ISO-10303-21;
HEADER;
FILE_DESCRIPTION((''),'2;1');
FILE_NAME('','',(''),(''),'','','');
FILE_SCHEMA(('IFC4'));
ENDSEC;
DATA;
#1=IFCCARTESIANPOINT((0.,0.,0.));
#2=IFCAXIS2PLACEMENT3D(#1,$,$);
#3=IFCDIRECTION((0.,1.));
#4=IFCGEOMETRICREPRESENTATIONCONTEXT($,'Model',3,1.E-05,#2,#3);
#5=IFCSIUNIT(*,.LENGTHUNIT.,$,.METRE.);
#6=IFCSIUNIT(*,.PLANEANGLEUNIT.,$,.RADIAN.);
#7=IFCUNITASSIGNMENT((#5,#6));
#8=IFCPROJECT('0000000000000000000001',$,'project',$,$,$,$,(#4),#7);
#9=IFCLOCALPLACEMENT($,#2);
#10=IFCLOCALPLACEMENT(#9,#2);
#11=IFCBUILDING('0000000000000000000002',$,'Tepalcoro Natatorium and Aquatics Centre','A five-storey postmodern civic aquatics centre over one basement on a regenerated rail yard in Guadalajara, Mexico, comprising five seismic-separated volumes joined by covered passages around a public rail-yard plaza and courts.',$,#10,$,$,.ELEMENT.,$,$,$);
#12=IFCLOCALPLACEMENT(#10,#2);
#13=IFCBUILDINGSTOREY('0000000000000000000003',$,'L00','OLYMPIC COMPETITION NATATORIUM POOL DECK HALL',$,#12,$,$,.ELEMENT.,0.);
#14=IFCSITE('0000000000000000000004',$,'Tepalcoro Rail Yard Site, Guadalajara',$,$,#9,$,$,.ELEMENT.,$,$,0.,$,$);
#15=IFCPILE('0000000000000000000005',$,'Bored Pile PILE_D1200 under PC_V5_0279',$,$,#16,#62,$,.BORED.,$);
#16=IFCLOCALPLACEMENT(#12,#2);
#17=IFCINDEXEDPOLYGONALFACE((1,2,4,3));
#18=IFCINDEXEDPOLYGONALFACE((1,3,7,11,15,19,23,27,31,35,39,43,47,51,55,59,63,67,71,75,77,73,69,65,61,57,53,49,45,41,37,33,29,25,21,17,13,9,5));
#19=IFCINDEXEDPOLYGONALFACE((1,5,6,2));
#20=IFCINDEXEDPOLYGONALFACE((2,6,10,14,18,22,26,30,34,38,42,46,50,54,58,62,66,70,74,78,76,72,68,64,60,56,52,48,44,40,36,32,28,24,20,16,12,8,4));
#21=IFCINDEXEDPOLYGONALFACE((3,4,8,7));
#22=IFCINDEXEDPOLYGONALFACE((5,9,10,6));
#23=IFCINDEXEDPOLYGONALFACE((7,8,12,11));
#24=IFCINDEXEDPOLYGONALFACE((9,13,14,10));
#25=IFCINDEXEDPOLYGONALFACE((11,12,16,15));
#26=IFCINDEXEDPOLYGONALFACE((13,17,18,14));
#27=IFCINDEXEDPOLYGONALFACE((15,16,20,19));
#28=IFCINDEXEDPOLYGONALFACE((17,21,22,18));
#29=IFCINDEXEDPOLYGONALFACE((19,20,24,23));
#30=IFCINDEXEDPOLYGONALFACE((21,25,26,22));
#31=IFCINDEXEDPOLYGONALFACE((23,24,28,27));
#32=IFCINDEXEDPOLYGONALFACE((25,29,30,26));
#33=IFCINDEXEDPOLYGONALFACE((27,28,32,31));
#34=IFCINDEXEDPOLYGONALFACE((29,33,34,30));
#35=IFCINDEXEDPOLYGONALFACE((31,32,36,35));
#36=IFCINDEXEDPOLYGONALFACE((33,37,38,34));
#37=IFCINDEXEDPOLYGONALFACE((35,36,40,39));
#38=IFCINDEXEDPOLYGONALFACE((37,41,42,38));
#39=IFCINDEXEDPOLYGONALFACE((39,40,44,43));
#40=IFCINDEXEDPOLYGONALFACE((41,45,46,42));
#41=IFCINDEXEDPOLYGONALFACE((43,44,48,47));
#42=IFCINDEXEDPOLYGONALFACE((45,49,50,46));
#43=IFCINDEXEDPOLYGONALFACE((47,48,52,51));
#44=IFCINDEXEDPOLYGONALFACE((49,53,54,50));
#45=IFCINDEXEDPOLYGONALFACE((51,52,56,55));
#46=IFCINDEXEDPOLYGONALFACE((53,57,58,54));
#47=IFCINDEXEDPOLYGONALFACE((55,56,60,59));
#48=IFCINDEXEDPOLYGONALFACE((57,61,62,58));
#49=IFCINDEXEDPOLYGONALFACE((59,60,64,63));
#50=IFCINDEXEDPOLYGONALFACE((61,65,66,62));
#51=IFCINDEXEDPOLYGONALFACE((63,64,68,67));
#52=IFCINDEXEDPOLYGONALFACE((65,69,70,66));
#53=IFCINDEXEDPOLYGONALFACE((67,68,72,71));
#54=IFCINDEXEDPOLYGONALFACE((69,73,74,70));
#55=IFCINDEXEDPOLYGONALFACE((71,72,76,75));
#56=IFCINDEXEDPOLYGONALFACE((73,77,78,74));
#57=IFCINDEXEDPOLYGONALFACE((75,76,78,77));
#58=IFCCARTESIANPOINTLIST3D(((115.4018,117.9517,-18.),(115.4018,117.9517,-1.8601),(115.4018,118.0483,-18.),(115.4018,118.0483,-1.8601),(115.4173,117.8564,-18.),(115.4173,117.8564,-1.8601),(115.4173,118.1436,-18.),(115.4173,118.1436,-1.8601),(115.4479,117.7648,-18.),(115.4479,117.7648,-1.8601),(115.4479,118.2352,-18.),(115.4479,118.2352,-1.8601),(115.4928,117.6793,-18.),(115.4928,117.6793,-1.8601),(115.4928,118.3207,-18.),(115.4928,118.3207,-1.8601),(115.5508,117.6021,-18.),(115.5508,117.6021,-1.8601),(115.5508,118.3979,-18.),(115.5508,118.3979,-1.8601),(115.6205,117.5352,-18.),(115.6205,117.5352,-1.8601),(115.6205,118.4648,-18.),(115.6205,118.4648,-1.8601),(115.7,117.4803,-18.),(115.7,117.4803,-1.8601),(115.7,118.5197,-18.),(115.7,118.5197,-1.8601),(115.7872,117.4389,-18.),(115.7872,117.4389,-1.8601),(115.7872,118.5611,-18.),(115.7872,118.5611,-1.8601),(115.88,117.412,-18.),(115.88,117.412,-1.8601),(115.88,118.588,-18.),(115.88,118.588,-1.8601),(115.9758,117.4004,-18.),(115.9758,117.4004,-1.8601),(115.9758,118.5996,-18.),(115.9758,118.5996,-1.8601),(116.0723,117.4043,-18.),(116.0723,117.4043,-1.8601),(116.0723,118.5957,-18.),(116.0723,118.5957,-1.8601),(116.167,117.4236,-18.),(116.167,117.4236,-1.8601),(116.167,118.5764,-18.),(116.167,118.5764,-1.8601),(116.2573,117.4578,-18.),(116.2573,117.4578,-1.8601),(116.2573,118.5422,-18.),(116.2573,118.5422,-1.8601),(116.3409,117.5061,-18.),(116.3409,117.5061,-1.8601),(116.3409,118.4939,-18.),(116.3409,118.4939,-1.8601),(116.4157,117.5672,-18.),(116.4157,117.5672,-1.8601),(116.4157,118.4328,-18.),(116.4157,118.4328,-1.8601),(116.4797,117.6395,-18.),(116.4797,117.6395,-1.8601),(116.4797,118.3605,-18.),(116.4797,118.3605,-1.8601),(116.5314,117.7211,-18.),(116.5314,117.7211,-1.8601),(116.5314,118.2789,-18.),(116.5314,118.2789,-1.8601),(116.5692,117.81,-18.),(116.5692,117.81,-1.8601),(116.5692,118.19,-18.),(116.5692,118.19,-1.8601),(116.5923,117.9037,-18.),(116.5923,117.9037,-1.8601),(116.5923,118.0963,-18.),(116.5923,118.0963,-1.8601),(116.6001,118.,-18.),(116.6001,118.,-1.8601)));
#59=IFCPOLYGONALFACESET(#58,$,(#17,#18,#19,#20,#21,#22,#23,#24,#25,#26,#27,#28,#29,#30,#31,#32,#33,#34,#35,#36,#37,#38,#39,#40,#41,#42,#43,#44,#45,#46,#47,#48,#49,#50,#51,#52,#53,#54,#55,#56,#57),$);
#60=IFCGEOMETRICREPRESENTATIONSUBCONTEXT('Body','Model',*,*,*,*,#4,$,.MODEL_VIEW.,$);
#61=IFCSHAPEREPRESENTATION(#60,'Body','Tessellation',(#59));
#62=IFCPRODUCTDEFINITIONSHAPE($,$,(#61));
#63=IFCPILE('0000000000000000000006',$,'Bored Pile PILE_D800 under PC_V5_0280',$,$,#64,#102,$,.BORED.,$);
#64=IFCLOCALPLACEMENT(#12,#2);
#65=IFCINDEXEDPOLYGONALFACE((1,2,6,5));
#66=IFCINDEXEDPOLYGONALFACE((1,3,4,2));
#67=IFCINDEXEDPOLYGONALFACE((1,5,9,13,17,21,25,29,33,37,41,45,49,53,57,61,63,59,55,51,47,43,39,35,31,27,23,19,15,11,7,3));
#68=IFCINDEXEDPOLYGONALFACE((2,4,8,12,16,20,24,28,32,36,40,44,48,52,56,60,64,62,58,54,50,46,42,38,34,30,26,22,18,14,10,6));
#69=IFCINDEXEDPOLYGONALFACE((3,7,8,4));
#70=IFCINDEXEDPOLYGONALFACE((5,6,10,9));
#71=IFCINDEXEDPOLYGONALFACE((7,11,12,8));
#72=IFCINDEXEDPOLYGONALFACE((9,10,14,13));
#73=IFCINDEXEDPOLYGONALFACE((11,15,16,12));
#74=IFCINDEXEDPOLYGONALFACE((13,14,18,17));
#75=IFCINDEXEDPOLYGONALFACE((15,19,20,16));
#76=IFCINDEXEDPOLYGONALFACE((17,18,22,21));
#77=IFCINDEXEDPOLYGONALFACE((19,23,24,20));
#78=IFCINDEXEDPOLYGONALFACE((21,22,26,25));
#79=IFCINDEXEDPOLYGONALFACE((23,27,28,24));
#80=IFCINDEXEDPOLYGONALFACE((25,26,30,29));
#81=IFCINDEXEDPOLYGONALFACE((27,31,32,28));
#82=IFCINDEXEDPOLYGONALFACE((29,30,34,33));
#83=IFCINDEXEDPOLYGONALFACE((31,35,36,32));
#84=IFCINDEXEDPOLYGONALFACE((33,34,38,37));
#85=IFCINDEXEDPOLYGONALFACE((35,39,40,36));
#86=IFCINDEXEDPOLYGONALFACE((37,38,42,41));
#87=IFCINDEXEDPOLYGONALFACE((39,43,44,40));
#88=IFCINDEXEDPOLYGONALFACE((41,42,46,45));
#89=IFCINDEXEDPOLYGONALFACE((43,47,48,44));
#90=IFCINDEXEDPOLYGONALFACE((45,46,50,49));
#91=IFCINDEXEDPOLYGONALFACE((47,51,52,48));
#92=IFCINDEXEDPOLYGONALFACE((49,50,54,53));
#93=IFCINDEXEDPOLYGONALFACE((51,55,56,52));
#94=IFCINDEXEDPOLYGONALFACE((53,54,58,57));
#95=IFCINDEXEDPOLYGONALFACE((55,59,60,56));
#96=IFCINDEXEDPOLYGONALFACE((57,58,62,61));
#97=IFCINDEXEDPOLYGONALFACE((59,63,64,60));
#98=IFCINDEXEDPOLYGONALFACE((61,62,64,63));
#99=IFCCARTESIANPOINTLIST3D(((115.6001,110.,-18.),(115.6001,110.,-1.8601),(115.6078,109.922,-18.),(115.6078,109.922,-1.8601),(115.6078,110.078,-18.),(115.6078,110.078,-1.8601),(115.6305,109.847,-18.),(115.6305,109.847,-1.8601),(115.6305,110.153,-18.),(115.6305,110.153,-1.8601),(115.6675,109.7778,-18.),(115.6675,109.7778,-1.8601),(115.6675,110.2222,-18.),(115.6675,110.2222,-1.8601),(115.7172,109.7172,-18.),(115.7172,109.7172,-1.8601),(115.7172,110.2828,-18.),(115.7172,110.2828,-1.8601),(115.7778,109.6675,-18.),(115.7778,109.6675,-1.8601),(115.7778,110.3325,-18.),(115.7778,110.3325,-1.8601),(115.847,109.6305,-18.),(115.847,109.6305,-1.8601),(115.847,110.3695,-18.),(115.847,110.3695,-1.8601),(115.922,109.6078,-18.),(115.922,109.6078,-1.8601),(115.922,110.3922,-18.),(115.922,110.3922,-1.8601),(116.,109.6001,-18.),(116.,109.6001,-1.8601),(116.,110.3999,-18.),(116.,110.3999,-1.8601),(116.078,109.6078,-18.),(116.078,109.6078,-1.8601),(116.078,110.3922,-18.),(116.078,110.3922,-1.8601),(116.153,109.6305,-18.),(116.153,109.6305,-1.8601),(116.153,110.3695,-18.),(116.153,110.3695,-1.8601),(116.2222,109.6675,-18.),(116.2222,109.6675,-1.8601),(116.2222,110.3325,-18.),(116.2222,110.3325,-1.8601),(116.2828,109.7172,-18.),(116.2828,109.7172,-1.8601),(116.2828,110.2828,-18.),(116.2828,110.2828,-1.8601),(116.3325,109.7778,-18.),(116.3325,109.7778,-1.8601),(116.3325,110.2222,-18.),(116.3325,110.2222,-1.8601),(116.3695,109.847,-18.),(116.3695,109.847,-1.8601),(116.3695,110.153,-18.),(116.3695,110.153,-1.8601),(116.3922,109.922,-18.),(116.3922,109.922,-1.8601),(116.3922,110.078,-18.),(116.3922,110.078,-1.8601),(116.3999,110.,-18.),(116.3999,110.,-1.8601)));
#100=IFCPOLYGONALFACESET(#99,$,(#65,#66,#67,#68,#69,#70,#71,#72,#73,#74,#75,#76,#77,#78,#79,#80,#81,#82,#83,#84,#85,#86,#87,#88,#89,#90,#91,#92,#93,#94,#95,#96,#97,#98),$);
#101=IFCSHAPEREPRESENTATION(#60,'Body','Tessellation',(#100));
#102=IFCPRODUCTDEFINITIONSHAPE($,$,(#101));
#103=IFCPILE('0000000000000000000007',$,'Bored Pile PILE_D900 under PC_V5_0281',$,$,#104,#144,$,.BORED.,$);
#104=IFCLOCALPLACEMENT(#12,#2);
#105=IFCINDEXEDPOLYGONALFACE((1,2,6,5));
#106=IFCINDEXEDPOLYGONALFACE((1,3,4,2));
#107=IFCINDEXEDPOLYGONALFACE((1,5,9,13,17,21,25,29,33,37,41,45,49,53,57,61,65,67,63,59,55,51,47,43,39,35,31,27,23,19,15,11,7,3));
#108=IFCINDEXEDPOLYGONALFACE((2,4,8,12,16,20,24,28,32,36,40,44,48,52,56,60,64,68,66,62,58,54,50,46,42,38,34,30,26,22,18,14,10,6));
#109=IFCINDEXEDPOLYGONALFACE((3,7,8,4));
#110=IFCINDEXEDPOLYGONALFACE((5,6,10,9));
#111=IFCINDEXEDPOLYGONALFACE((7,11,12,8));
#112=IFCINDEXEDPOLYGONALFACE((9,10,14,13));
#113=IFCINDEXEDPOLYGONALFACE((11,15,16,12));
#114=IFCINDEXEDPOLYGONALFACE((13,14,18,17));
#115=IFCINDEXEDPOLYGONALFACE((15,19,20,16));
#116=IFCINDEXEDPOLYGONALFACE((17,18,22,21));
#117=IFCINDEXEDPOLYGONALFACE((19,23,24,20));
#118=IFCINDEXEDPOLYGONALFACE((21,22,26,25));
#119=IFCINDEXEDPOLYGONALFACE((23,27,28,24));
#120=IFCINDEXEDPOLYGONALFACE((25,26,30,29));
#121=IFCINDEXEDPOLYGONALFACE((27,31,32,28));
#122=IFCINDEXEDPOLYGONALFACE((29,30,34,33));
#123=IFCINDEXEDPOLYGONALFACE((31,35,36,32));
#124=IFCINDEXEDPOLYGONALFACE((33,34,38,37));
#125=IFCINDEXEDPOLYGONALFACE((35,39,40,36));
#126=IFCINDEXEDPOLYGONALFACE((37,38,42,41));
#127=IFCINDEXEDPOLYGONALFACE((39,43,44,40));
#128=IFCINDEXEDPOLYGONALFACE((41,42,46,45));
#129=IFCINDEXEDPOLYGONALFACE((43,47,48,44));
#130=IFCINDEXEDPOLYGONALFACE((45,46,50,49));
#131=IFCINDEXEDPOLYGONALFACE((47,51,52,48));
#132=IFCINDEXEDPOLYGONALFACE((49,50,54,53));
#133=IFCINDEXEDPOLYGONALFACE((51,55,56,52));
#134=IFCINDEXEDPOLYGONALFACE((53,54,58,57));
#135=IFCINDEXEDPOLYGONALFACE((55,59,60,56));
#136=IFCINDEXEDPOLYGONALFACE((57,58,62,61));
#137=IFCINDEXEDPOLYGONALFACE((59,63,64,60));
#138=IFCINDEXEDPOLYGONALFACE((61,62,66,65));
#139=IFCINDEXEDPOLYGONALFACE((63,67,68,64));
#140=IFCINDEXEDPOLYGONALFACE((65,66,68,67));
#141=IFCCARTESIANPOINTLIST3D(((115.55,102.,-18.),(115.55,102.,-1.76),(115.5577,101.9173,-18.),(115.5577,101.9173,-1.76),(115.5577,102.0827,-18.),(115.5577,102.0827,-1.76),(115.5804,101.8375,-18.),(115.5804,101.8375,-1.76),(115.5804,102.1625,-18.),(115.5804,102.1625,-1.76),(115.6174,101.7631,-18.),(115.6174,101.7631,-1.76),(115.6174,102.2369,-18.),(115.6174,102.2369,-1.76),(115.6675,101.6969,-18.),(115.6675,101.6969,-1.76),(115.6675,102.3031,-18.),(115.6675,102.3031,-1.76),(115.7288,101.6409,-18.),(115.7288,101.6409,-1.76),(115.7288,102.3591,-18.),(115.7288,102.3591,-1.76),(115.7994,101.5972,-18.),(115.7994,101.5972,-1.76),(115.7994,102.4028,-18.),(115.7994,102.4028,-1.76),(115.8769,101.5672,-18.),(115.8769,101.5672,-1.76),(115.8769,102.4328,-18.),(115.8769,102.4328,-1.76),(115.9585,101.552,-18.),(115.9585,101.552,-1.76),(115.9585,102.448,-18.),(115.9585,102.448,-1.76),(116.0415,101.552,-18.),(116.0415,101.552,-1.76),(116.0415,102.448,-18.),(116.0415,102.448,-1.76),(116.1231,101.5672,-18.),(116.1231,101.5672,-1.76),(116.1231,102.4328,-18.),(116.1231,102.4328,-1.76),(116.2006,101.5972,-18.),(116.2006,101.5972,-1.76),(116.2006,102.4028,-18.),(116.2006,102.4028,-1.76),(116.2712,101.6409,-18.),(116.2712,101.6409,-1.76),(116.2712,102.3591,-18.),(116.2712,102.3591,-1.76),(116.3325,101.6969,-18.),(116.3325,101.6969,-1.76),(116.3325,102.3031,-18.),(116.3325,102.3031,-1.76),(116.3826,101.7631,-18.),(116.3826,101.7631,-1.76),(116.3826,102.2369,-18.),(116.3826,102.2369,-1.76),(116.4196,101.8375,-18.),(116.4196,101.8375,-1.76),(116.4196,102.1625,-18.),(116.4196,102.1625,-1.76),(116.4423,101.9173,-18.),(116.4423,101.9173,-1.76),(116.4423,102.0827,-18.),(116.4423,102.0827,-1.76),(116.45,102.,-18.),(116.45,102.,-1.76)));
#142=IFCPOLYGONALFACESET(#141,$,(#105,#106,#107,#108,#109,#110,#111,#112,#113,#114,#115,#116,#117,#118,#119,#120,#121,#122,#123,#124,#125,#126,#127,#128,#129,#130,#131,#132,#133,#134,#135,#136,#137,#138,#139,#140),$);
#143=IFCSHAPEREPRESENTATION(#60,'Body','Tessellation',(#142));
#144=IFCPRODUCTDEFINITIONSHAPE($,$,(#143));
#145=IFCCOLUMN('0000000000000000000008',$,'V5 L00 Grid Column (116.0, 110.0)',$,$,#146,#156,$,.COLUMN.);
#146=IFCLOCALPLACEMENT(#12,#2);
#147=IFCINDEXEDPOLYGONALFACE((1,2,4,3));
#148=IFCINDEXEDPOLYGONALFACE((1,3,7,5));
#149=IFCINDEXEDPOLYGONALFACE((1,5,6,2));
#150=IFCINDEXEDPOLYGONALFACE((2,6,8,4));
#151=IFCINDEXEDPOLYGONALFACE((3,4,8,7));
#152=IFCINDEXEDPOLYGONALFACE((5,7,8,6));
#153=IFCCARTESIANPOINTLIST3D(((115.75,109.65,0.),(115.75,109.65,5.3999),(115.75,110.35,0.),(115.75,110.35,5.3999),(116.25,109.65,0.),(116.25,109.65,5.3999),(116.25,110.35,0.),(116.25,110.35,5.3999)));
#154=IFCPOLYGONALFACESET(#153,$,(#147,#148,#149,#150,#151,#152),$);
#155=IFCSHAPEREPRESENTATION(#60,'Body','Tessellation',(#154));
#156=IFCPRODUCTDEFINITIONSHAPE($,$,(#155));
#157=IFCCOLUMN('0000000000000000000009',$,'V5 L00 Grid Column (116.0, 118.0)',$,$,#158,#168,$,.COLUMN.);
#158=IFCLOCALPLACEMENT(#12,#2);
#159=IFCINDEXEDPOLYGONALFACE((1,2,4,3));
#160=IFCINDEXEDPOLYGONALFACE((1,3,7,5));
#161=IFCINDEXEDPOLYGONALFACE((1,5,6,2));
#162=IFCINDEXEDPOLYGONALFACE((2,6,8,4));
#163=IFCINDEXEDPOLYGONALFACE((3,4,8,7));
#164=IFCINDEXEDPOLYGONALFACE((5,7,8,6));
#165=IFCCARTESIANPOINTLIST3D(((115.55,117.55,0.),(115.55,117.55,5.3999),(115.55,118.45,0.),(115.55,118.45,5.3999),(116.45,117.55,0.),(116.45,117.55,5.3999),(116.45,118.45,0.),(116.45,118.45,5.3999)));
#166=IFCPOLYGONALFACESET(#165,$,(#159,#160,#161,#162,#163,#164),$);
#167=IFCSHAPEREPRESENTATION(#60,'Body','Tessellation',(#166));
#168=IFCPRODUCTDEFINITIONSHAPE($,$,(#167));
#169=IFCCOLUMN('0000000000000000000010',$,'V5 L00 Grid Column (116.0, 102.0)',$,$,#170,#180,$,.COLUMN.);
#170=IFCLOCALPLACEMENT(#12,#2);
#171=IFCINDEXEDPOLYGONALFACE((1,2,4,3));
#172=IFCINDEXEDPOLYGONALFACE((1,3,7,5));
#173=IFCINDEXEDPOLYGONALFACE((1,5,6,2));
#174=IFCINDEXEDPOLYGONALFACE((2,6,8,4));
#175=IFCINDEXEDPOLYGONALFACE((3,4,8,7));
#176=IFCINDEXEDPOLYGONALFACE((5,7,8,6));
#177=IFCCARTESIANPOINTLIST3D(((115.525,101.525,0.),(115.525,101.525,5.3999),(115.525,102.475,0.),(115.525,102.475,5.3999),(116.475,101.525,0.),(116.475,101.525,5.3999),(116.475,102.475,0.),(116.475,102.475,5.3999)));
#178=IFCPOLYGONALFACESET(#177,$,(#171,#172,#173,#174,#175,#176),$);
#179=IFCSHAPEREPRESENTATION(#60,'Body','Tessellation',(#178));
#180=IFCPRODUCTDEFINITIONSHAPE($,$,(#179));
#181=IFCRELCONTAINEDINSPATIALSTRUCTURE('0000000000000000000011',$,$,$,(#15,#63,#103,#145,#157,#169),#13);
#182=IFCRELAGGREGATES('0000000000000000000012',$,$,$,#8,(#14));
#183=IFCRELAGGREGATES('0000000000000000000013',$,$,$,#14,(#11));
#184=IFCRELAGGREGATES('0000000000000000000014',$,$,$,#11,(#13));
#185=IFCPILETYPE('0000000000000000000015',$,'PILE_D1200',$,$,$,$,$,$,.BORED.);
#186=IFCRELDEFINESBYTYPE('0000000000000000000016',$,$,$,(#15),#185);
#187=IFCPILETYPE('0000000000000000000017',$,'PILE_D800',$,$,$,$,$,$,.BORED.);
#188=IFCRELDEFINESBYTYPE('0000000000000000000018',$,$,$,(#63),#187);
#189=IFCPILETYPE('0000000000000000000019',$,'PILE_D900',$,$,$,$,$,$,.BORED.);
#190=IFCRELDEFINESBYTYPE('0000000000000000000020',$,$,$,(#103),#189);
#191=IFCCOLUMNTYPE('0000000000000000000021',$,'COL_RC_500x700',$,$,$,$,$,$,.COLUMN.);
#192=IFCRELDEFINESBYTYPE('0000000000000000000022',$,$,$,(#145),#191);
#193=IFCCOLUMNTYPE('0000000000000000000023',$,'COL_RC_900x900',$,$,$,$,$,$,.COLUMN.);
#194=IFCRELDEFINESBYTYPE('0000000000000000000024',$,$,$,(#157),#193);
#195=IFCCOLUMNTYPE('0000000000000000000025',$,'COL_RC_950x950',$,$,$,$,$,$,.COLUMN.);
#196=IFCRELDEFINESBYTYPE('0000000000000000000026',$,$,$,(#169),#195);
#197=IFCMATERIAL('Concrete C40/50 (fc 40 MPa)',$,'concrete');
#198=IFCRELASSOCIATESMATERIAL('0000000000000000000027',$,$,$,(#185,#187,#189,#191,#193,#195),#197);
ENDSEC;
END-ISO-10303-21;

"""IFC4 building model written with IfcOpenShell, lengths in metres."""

from ifc_helpers import new_model, si_unit, direction, frame, origin, origin_2d, place, context, subcontext, project, spatial, rectangle, circle, extrude, material, material_profile, profile_set, type_object, element, save


model = new_model("IFC4")

# Units and contexts
model_context = context("Model", 3, precision=1e-05, world=origin(), true_north=direction((0.0, 1.0)))
body_context = subcontext(model_context, "Body", "Model", "MODEL_VIEW")
ifc_project = project(units=[si_unit("LENGTHUNIT", "METRE"), si_unit("PLANEANGLEUNIT", "RADIAN")], contexts=[model_context])

# Site, building, storey
site_placement = place(None, origin())
site = spatial("IfcSite", under=ifc_project, at=site_placement, Name="Tepalcoro Rail Yard Site, Guadalajara", CompositionType="ELEMENT", RefElevation=0.0)
building_placement = place(site_placement, origin())
building = spatial("IfcBuilding", under=site, at=building_placement, Name="Tepalcoro Natatorium and Aquatics Centre", Description="A five-storey postmodern civic aquatics centre over one basement on a regenerated rail yard in Guadalajara, Mexico, comprising five seismic-separated volumes joined by covered passages around a public rail-yard plaza and courts.", CompositionType="ELEMENT")
storey_placement = place(building_placement, origin())
storey = spatial("IfcBuildingStorey", under=building, at=storey_placement, Name="L00", Description="OLYMPIC COMPETITION NATATORIUM POOL DECK HALL", CompositionType="ELEMENT", Elevation=0.0)

# Piles
ifc_material_1 = material(Name="Concrete C40/50 (fc 40 MPa)", Category="concrete")
ifc_material_profile_1 = material_profile(ifc_material_1, circle(Radius=0.6001, at=origin_2d()), Name="PILE_D1200")
ifc_profile_set_1 = profile_set([ifc_material_profile_1], Name="Concrete C40/50 (fc 40 MPa)")
pile_type_1 = type_object("IfcPileType", Name="PILE_D1200", PredefinedType="BORED", material=ifc_profile_set_1)
pile_1_placement = place(storey_placement, frame((116.0, 118.0, -1.8601), z_axis=(0.0, 0.0, -1.0), x_axis=(1.0, 0.0, 0.0)))
element("IfcPile", 1, at=pile_1_placement, inside=storey, type_object=pile_type_1, Name="Bored Pile PILE_D1200 under PC_V5_0279", PredefinedType="BORED", context=body_context, shape_type="SweptSolid", body=[
    extrude(circle(Radius=0.6001, at=origin_2d()), origin(), (0.0, 0.0, 1.0), 16.1399),
])
ifc_material_profile_2 = material_profile(ifc_material_1, circle(Radius=0.3999, at=origin_2d()), Name="PILE_D800")
ifc_profile_set_2 = profile_set([ifc_material_profile_2], Name="Concrete C40/50 (fc 40 MPa)")
pile_type_2 = type_object("IfcPileType", Name="PILE_D800", PredefinedType="BORED", material=ifc_profile_set_2)
pile_2_placement = place(storey_placement, frame((116.0, 110.0, -1.8601), z_axis=(0.0, 0.0, -1.0), x_axis=(1.0, 0.0, 0.0)))
element("IfcPile", 2, at=pile_2_placement, inside=storey, type_object=pile_type_2, Name="Bored Pile PILE_D800 under PC_V5_0280", PredefinedType="BORED", context=body_context, shape_type="SweptSolid", body=[
    extrude(circle(Radius=0.3999, at=origin_2d()), origin(), (0.0, 0.0, 1.0), 16.1399),
])
ifc_material_profile_3 = material_profile(ifc_material_1, circle(Radius=0.45, at=origin_2d()), Name="PILE_D900")
ifc_profile_set_3 = profile_set([ifc_material_profile_3], Name="Concrete C40/50 (fc 40 MPa)")
pile_type_3 = type_object("IfcPileType", Name="PILE_D900", PredefinedType="BORED", material=ifc_profile_set_3)
pile_3_placement = place(storey_placement, frame((116.0, 102.0, -1.76), z_axis=(0.0, 0.0, -1.0), x_axis=(1.0, 0.0, 0.0)))
element("IfcPile", 3, at=pile_3_placement, inside=storey, type_object=pile_type_3, Name="Bored Pile PILE_D900 under PC_V5_0281", PredefinedType="BORED", context=body_context, shape_type="SweptSolid", body=[
    extrude(circle(Radius=0.45, at=origin_2d()), origin(), (0.0, 0.0, 1.0), 16.24),
])

# Columns
ifc_material_profile_4 = material_profile(ifc_material_1, rectangle(XDim=0.5, YDim=0.7, at=origin_2d()), Name="RC500x700")
ifc_profile_set_4 = profile_set([ifc_material_profile_4], Name="Concrete C40/50 (fc 40 MPa)")
column_type_1 = type_object("IfcColumnType", Name="COL_RC_500x700", PredefinedType="COLUMN", material=ifc_profile_set_4)
column_1_placement = place(storey_placement, frame((116.0, 110.0, 0.0), z_axis=(0.0, 0.0, 1.0), x_axis=(1.0, 0.0, 0.0)))
element("IfcColumn", 4, at=column_1_placement, inside=storey, type_object=column_type_1, Name="V5 L00 Grid Column (116.0, 110.0)", PredefinedType="COLUMN", context=body_context, shape_type="SweptSolid", body=[
    extrude(rectangle(XDim=0.5, YDim=0.7, at=origin_2d()), origin(), (0.0, 0.0, 1.0), 5.3999),
])
ifc_material_profile_5 = material_profile(ifc_material_1, rectangle(XDim=0.8999, YDim=0.8999, at=origin_2d()), Name="RC900x900")
ifc_profile_set_5 = profile_set([ifc_material_profile_5], Name="Concrete C40/50 (fc 40 MPa)")
column_type_2 = type_object("IfcColumnType", Name="COL_RC_900x900", PredefinedType="COLUMN", material=ifc_profile_set_5)
column_2_placement = place(storey_placement, frame((116.0, 118.0, 0.0), z_axis=(0.0, 0.0, 1.0), x_axis=(1.0, 0.0, 0.0)))
element("IfcColumn", 5, at=column_2_placement, inside=storey, type_object=column_type_2, Name="V5 L00 Grid Column (116.0, 118.0)", PredefinedType="COLUMN", context=body_context, shape_type="SweptSolid", body=[
    extrude(rectangle(XDim=0.8999, YDim=0.8999, at=origin_2d()), origin(), (0.0, 0.0, 1.0), 5.3999),
])
ifc_material_profile_6 = material_profile(ifc_material_1, rectangle(XDim=0.95, YDim=0.95, at=origin_2d()), Name="RC950x950")
ifc_profile_set_6 = profile_set([ifc_material_profile_6], Name="Concrete C40/50 (fc 40 MPa)")
column_type_3 = type_object("IfcColumnType", Name="COL_RC_950x950", PredefinedType="COLUMN", material=ifc_profile_set_6)
column_3_placement = place(storey_placement, frame((116.0, 102.0, 0.0), z_axis=(0.0, 0.0, 1.0), x_axis=(1.0, 0.0, 0.0)))
element("IfcColumn", 6, at=column_3_placement, inside=storey, type_object=column_type_3, Name="V5 L00 Grid Column (116.0, 102.0)", PredefinedType="COLUMN", context=body_context, shape_type="SweptSolid", body=[
    extrude(rectangle(XDim=0.95, YDim=0.95, at=origin_2d()), origin(), (0.0, 0.0, 1.0), 5.3999),
])

save(model, "model.ifc")
